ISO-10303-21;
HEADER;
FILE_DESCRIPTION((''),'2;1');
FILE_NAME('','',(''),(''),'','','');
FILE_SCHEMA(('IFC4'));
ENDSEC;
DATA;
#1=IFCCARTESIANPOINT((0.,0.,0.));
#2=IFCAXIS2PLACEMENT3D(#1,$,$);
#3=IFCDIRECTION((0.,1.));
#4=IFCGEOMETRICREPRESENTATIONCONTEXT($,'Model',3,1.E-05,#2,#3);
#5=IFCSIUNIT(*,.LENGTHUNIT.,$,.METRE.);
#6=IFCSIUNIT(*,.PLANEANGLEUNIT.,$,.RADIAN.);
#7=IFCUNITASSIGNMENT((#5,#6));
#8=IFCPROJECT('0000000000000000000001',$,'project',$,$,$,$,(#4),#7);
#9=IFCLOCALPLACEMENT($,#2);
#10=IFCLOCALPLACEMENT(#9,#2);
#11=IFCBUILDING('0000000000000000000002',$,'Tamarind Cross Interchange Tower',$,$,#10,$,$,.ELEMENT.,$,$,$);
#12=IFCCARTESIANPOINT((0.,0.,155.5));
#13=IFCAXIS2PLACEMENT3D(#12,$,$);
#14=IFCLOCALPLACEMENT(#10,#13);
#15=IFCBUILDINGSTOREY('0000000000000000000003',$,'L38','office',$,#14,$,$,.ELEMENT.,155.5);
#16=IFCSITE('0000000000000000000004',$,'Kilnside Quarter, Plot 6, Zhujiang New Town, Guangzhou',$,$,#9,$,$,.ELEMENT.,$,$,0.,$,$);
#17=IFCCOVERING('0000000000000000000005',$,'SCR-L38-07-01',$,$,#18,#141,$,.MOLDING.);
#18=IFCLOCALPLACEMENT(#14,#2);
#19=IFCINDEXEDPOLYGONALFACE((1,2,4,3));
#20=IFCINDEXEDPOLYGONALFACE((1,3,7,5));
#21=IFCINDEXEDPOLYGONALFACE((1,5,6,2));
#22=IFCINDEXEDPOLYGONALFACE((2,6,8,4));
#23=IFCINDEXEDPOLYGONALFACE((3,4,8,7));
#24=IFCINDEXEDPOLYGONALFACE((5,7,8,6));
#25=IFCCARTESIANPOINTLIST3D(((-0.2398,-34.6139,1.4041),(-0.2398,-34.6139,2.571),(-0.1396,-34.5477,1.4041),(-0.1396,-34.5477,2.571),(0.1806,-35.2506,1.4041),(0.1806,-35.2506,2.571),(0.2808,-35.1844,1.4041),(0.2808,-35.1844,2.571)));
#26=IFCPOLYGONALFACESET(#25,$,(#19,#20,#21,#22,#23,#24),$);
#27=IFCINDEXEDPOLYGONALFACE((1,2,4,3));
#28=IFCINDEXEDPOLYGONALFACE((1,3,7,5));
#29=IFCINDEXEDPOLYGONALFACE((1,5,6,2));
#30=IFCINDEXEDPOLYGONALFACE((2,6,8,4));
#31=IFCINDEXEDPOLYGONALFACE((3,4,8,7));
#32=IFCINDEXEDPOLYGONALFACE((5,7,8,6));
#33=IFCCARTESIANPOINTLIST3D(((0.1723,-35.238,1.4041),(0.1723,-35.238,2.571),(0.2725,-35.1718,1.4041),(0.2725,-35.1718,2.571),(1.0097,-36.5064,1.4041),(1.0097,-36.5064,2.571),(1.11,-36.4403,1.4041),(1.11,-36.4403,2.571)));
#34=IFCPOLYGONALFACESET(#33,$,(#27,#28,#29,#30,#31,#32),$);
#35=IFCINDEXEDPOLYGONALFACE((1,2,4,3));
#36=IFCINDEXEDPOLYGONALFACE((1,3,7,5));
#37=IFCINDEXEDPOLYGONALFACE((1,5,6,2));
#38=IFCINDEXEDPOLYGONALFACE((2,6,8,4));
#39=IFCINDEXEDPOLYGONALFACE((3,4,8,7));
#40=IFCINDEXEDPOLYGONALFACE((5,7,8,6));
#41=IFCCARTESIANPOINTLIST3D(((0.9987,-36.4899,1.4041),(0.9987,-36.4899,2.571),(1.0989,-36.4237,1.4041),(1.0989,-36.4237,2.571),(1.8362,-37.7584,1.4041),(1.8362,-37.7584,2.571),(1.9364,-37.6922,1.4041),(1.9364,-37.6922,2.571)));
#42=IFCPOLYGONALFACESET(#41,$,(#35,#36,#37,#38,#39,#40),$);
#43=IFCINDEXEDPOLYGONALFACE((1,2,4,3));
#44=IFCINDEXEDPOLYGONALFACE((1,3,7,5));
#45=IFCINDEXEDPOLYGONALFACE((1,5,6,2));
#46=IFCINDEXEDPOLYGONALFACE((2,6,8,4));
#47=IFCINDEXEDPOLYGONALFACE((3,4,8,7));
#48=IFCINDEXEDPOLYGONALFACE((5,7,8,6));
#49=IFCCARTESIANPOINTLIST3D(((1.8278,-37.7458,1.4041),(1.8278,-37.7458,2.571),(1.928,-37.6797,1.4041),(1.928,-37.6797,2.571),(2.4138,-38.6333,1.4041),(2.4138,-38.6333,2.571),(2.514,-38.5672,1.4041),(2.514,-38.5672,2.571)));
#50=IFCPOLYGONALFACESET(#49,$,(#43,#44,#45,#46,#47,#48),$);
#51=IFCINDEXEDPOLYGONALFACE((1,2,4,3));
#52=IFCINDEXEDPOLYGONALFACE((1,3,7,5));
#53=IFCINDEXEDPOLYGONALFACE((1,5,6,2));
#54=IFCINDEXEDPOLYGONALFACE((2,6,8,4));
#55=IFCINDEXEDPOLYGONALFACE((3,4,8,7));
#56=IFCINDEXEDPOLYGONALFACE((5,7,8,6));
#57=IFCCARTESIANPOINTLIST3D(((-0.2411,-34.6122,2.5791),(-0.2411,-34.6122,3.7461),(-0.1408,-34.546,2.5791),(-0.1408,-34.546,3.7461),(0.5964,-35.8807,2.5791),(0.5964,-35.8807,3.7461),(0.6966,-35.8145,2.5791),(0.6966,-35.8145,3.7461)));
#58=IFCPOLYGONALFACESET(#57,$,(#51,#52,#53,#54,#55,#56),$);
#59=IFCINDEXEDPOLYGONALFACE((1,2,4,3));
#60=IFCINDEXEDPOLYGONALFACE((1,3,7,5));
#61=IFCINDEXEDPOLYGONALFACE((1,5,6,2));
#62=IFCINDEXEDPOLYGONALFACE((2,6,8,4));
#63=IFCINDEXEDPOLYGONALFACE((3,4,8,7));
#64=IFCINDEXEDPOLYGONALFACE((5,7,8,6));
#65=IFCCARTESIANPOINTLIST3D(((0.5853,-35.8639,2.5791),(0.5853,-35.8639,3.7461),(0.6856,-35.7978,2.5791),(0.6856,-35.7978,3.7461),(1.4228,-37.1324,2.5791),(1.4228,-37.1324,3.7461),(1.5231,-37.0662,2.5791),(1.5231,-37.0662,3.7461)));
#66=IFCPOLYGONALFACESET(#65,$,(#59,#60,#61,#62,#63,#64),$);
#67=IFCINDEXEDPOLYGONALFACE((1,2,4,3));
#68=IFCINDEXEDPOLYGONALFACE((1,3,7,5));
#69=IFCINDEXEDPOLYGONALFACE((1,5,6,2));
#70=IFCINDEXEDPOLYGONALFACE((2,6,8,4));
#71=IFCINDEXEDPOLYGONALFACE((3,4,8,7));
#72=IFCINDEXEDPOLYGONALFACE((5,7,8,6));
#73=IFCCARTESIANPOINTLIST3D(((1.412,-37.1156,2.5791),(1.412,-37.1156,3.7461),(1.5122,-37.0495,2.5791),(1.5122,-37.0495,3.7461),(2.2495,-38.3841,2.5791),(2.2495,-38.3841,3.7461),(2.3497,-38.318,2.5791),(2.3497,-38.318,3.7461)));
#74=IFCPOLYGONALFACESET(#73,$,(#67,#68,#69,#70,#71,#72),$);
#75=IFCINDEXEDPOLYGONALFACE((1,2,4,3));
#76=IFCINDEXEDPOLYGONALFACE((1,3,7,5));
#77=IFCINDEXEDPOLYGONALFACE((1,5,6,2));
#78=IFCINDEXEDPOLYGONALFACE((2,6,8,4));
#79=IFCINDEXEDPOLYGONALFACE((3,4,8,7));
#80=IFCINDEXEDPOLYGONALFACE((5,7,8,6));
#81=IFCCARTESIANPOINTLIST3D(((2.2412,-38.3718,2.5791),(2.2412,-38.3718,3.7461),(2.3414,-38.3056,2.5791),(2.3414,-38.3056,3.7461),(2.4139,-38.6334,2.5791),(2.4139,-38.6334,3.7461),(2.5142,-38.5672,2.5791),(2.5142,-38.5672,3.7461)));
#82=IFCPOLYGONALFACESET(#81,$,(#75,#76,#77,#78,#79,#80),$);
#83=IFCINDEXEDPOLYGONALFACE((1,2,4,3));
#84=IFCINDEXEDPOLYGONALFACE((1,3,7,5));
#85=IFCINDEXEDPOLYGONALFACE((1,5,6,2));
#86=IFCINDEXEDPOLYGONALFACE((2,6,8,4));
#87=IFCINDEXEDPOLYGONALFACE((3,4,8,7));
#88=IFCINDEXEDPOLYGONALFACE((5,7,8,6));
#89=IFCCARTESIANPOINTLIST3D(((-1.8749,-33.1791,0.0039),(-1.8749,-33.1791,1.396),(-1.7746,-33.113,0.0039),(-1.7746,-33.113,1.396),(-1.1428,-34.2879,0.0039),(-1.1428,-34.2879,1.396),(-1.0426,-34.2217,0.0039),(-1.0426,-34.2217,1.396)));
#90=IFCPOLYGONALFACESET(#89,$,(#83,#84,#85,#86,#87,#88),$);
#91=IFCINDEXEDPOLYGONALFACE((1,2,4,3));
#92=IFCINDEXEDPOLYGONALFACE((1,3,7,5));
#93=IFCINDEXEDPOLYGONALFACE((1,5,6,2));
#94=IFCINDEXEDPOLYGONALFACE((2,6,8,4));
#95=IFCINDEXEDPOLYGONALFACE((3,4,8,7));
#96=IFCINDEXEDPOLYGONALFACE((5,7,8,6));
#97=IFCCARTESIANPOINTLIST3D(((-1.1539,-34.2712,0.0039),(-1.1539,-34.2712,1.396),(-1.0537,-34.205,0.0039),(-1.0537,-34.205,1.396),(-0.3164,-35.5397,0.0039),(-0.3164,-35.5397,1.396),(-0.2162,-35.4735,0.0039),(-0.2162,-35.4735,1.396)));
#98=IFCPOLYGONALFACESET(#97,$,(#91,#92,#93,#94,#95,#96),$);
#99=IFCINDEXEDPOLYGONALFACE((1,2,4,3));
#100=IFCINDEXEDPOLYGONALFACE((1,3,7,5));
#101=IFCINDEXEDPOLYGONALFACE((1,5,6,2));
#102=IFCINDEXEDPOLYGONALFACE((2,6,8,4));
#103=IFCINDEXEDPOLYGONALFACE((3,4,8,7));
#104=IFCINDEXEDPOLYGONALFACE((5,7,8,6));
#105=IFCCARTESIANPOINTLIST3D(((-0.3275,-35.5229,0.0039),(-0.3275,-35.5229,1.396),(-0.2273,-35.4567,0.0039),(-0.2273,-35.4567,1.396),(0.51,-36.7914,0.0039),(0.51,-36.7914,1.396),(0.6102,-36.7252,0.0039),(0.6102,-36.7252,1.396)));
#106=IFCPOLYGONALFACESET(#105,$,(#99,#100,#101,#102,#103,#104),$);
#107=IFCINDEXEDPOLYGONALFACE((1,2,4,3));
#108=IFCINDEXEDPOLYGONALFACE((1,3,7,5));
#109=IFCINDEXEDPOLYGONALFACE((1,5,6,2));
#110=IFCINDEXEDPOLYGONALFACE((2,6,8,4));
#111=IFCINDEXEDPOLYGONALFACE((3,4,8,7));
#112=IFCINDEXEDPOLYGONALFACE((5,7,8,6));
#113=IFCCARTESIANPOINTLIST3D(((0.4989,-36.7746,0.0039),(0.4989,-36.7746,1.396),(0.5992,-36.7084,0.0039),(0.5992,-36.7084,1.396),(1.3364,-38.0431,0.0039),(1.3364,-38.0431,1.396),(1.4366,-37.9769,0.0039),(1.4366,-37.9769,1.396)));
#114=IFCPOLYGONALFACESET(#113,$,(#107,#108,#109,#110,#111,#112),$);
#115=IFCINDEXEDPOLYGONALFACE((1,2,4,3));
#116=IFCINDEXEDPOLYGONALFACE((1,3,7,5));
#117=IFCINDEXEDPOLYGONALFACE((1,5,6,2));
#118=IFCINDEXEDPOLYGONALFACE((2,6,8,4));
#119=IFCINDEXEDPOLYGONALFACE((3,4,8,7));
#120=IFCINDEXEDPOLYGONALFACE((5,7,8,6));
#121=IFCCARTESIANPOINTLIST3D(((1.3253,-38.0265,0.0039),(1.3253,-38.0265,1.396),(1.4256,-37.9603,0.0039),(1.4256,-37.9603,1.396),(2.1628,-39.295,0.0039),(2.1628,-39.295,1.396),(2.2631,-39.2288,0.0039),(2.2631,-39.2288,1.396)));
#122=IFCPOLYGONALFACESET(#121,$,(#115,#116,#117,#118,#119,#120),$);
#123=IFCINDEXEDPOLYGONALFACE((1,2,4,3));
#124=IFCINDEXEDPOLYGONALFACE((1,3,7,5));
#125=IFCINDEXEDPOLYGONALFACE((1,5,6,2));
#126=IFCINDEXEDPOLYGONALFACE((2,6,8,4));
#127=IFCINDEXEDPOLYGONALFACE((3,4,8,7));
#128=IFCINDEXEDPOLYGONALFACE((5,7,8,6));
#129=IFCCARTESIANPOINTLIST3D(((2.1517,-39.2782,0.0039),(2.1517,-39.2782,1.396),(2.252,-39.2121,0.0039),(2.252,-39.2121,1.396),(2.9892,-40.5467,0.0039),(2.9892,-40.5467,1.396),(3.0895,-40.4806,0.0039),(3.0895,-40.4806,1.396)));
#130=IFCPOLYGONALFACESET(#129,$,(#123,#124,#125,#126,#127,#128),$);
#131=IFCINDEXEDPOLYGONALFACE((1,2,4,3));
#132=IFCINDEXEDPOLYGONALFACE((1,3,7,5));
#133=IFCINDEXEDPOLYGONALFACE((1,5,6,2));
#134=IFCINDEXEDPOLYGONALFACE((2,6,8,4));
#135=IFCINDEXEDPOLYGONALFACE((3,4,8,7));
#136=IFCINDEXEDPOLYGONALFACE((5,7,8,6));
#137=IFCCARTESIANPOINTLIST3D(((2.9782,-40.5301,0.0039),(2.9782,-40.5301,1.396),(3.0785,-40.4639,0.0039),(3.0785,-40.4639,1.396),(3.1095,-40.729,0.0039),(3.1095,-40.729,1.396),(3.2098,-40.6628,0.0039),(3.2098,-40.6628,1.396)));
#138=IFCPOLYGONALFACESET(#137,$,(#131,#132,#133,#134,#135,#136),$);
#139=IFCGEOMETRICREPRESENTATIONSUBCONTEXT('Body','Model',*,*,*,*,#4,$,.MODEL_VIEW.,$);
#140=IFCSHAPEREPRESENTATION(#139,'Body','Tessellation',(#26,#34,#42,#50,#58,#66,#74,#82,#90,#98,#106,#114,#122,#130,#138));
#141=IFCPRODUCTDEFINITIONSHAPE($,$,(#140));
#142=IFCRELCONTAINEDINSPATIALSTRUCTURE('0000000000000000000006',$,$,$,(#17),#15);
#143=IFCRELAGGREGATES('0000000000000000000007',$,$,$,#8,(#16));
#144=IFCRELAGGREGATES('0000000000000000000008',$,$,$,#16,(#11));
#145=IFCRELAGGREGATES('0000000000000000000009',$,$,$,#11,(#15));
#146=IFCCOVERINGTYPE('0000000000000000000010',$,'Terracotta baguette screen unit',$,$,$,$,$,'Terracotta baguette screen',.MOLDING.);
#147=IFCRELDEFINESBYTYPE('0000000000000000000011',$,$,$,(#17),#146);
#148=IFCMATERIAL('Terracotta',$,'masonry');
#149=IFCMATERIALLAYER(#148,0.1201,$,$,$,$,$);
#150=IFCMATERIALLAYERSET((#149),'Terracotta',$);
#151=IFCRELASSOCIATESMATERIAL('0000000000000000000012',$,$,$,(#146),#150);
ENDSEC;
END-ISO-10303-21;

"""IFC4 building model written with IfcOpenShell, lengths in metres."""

from ifc_helpers import new_model, si_unit, direction, frame, origin, origin_2d, place, context, subcontext, project, spatial, rectangle, extrude, material, layer, layer_set, type_object, element, save


model = new_model("IFC4")

# Units and contexts
model_context = context("Model", 3, precision=1e-05, world=origin(), true_north=direction((0.0, 1.0)))
body_context = subcontext(model_context, "Body", "Model", "MODEL_VIEW")
ifc_project = project(units=[si_unit("LENGTHUNIT", "METRE"), si_unit("PLANEANGLEUNIT", "RADIAN")], contexts=[model_context])

# Site, building, storey
site_placement = place(None, origin())
site = spatial("IfcSite", under=ifc_project, at=site_placement, Name="Kilnside Quarter, Plot 6, Zhujiang New Town, Guangzhou", CompositionType="ELEMENT", RefElevation=0.0)
building_placement = place(site_placement, origin())
building = spatial("IfcBuilding", under=site, at=building_placement, Name="Tamarind Cross Interchange Tower", CompositionType="ELEMENT")
storey_placement = place(building_placement, frame((0.0, 0.0, 155.5)))
storey = spatial("IfcBuildingStorey", under=building, at=storey_placement, Name="L38", Description="office", CompositionType="ELEMENT", Elevation=155.5)

# Covering
ifc_material_1 = material(Name="Terracotta", Category="masonry")
ifc_layer_1 = layer(ifc_material_1, 0.1201)
ifc_layer_set_1 = layer_set([ifc_layer_1], Name="Terracotta")
covering_type = type_object("IfcCoveringType", Name="Terracotta baguette screen unit", ElementType="Terracotta baguette screen", PredefinedType="MOLDING", material=ifc_layer_set_1)
covering_1_placement = place(storey_placement, origin())
element("IfcCovering", 1, at=covering_1_placement, inside=storey, type_object=covering_type, Name="SCR-L38-07-01", PredefinedType="MOLDING", context=body_context, shape_type="SweptSolid", body=[
    extrude(rectangle(XDim=0.7629, YDim=0.1201, at=origin_2d()), frame((0.0205, -34.8992, 1.4041), z_axis=(0.0, 0.0, 1.0), x_axis=(0.55097, -0.834525, 0.0)), (0.0, 0.0, 1.0), 1.167),
    extrude(rectangle(XDim=1.52, YDim=0.1201, at=origin_2d()), frame((0.6411, -35.8391, 1.4041), z_axis=(0.0, 0.0, 1.0), x_axis=(0.55097, -0.834525, 0.0)), (0.0, 0.0, 1.0), 1.167),
    extrude(rectangle(XDim=1.52, YDim=0.1201, at=origin_2d()), frame((1.4675, -37.0911, 1.4041), z_axis=(0.0, 0.0, 1.0), x_axis=(0.55097, -0.834525, 0.0)), (0.0, 0.0, 1.0), 1.167),
    extrude(rectangle(XDim=1.0635, YDim=0.1201, at=origin_2d()), frame((2.1709, -38.1565, 1.4041), z_axis=(0.0, 0.0, 1.0), x_axis=(0.55097, -0.834525, 0.0)), (0.0, 0.0, 1.0), 1.167),
    extrude(rectangle(XDim=1.52, YDim=0.1201, at=origin_2d()), frame((0.2278, -35.2134, 2.5791), z_axis=(0.0, 0.0, 1.0), x_axis=(0.55097, -0.834525, 0.0)), (0.0, 0.0, 1.0), 1.167),
    extrude(rectangle(XDim=1.52, YDim=0.1201, at=origin_2d()), frame((1.0542, -36.4651, 2.5791), z_axis=(0.0, 0.0, 1.0), x_axis=(0.55097, -0.834525, 0.0)), (0.0, 0.0, 1.0), 1.167),
    extrude(rectangle(XDim=1.52, YDim=0.1201, at=origin_2d()), frame((1.8809, -37.7168, 2.5791), z_axis=(0.0, 0.0, 1.0), x_axis=(0.55097, -0.834525, 0.0)), (0.0, 0.0, 1.0), 1.167),
    extrude(rectangle(XDim=0.3135, YDim=0.1201, at=origin_2d()), frame((2.3777, -38.4695, 2.5791), z_axis=(0.0, 0.0, 1.0), x_axis=(0.55097, -0.834525, 0.0)), (0.0, 0.0, 1.0), 1.167),
    extrude(rectangle(XDim=1.3286, YDim=0.1201, at=origin_2d()), frame((-1.4587, -33.7004, 0.0039), z_axis=(0.0, 0.0, 1.0), x_axis=(0.55097, -0.834525, 0.0)), (0.0, 0.0, 1.0), 1.3921),
    extrude(rectangle(XDim=1.52, YDim=0.1201, at=origin_2d()), frame((-0.6851, -34.8723, 0.0039), z_axis=(0.0, 0.0, 1.0), x_axis=(0.55097, -0.834525, 0.0)), (0.0, 0.0, 1.0), 1.3921),
    extrude(rectangle(XDim=1.52, YDim=0.1201, at=origin_2d()), frame((0.1414, -36.124, 0.0039), z_axis=(0.0, 0.0, 1.0), x_axis=(0.55097, -0.834525, 0.0)), (0.0, 0.0, 1.0), 1.3921),
    extrude(rectangle(XDim=1.52, YDim=0.1201, at=origin_2d()), frame((0.9678, -37.3757, 0.0039), z_axis=(0.0, 0.0, 1.0), x_axis=(0.55097, -0.834525, 0.0)), (0.0, 0.0, 1.0), 1.3921),
    extrude(rectangle(XDim=1.52, YDim=0.1201, at=origin_2d()), frame((1.7942, -38.6277, 0.0039), z_axis=(0.0, 0.0, 1.0), x_axis=(0.55097, -0.834525, 0.0)), (0.0, 0.0, 1.0), 1.3921),
    extrude(rectangle(XDim=1.52, YDim=0.1201, at=origin_2d()), frame((2.6206, -39.8794, 0.0039), z_axis=(0.0, 0.0, 1.0), x_axis=(0.55097, -0.834525, 0.0)), (0.0, 0.0, 1.0), 1.3921),
    extrude(rectangle(XDim=0.2383, YDim=0.1201, at=origin_2d()), frame((3.094, -40.5964, 0.0039), z_axis=(0.0, 0.0, 1.0), x_axis=(0.55097, -0.834525, 0.0)), (0.0, 0.0, 1.0), 1.3921),
])

save(model, "model.ifc")
